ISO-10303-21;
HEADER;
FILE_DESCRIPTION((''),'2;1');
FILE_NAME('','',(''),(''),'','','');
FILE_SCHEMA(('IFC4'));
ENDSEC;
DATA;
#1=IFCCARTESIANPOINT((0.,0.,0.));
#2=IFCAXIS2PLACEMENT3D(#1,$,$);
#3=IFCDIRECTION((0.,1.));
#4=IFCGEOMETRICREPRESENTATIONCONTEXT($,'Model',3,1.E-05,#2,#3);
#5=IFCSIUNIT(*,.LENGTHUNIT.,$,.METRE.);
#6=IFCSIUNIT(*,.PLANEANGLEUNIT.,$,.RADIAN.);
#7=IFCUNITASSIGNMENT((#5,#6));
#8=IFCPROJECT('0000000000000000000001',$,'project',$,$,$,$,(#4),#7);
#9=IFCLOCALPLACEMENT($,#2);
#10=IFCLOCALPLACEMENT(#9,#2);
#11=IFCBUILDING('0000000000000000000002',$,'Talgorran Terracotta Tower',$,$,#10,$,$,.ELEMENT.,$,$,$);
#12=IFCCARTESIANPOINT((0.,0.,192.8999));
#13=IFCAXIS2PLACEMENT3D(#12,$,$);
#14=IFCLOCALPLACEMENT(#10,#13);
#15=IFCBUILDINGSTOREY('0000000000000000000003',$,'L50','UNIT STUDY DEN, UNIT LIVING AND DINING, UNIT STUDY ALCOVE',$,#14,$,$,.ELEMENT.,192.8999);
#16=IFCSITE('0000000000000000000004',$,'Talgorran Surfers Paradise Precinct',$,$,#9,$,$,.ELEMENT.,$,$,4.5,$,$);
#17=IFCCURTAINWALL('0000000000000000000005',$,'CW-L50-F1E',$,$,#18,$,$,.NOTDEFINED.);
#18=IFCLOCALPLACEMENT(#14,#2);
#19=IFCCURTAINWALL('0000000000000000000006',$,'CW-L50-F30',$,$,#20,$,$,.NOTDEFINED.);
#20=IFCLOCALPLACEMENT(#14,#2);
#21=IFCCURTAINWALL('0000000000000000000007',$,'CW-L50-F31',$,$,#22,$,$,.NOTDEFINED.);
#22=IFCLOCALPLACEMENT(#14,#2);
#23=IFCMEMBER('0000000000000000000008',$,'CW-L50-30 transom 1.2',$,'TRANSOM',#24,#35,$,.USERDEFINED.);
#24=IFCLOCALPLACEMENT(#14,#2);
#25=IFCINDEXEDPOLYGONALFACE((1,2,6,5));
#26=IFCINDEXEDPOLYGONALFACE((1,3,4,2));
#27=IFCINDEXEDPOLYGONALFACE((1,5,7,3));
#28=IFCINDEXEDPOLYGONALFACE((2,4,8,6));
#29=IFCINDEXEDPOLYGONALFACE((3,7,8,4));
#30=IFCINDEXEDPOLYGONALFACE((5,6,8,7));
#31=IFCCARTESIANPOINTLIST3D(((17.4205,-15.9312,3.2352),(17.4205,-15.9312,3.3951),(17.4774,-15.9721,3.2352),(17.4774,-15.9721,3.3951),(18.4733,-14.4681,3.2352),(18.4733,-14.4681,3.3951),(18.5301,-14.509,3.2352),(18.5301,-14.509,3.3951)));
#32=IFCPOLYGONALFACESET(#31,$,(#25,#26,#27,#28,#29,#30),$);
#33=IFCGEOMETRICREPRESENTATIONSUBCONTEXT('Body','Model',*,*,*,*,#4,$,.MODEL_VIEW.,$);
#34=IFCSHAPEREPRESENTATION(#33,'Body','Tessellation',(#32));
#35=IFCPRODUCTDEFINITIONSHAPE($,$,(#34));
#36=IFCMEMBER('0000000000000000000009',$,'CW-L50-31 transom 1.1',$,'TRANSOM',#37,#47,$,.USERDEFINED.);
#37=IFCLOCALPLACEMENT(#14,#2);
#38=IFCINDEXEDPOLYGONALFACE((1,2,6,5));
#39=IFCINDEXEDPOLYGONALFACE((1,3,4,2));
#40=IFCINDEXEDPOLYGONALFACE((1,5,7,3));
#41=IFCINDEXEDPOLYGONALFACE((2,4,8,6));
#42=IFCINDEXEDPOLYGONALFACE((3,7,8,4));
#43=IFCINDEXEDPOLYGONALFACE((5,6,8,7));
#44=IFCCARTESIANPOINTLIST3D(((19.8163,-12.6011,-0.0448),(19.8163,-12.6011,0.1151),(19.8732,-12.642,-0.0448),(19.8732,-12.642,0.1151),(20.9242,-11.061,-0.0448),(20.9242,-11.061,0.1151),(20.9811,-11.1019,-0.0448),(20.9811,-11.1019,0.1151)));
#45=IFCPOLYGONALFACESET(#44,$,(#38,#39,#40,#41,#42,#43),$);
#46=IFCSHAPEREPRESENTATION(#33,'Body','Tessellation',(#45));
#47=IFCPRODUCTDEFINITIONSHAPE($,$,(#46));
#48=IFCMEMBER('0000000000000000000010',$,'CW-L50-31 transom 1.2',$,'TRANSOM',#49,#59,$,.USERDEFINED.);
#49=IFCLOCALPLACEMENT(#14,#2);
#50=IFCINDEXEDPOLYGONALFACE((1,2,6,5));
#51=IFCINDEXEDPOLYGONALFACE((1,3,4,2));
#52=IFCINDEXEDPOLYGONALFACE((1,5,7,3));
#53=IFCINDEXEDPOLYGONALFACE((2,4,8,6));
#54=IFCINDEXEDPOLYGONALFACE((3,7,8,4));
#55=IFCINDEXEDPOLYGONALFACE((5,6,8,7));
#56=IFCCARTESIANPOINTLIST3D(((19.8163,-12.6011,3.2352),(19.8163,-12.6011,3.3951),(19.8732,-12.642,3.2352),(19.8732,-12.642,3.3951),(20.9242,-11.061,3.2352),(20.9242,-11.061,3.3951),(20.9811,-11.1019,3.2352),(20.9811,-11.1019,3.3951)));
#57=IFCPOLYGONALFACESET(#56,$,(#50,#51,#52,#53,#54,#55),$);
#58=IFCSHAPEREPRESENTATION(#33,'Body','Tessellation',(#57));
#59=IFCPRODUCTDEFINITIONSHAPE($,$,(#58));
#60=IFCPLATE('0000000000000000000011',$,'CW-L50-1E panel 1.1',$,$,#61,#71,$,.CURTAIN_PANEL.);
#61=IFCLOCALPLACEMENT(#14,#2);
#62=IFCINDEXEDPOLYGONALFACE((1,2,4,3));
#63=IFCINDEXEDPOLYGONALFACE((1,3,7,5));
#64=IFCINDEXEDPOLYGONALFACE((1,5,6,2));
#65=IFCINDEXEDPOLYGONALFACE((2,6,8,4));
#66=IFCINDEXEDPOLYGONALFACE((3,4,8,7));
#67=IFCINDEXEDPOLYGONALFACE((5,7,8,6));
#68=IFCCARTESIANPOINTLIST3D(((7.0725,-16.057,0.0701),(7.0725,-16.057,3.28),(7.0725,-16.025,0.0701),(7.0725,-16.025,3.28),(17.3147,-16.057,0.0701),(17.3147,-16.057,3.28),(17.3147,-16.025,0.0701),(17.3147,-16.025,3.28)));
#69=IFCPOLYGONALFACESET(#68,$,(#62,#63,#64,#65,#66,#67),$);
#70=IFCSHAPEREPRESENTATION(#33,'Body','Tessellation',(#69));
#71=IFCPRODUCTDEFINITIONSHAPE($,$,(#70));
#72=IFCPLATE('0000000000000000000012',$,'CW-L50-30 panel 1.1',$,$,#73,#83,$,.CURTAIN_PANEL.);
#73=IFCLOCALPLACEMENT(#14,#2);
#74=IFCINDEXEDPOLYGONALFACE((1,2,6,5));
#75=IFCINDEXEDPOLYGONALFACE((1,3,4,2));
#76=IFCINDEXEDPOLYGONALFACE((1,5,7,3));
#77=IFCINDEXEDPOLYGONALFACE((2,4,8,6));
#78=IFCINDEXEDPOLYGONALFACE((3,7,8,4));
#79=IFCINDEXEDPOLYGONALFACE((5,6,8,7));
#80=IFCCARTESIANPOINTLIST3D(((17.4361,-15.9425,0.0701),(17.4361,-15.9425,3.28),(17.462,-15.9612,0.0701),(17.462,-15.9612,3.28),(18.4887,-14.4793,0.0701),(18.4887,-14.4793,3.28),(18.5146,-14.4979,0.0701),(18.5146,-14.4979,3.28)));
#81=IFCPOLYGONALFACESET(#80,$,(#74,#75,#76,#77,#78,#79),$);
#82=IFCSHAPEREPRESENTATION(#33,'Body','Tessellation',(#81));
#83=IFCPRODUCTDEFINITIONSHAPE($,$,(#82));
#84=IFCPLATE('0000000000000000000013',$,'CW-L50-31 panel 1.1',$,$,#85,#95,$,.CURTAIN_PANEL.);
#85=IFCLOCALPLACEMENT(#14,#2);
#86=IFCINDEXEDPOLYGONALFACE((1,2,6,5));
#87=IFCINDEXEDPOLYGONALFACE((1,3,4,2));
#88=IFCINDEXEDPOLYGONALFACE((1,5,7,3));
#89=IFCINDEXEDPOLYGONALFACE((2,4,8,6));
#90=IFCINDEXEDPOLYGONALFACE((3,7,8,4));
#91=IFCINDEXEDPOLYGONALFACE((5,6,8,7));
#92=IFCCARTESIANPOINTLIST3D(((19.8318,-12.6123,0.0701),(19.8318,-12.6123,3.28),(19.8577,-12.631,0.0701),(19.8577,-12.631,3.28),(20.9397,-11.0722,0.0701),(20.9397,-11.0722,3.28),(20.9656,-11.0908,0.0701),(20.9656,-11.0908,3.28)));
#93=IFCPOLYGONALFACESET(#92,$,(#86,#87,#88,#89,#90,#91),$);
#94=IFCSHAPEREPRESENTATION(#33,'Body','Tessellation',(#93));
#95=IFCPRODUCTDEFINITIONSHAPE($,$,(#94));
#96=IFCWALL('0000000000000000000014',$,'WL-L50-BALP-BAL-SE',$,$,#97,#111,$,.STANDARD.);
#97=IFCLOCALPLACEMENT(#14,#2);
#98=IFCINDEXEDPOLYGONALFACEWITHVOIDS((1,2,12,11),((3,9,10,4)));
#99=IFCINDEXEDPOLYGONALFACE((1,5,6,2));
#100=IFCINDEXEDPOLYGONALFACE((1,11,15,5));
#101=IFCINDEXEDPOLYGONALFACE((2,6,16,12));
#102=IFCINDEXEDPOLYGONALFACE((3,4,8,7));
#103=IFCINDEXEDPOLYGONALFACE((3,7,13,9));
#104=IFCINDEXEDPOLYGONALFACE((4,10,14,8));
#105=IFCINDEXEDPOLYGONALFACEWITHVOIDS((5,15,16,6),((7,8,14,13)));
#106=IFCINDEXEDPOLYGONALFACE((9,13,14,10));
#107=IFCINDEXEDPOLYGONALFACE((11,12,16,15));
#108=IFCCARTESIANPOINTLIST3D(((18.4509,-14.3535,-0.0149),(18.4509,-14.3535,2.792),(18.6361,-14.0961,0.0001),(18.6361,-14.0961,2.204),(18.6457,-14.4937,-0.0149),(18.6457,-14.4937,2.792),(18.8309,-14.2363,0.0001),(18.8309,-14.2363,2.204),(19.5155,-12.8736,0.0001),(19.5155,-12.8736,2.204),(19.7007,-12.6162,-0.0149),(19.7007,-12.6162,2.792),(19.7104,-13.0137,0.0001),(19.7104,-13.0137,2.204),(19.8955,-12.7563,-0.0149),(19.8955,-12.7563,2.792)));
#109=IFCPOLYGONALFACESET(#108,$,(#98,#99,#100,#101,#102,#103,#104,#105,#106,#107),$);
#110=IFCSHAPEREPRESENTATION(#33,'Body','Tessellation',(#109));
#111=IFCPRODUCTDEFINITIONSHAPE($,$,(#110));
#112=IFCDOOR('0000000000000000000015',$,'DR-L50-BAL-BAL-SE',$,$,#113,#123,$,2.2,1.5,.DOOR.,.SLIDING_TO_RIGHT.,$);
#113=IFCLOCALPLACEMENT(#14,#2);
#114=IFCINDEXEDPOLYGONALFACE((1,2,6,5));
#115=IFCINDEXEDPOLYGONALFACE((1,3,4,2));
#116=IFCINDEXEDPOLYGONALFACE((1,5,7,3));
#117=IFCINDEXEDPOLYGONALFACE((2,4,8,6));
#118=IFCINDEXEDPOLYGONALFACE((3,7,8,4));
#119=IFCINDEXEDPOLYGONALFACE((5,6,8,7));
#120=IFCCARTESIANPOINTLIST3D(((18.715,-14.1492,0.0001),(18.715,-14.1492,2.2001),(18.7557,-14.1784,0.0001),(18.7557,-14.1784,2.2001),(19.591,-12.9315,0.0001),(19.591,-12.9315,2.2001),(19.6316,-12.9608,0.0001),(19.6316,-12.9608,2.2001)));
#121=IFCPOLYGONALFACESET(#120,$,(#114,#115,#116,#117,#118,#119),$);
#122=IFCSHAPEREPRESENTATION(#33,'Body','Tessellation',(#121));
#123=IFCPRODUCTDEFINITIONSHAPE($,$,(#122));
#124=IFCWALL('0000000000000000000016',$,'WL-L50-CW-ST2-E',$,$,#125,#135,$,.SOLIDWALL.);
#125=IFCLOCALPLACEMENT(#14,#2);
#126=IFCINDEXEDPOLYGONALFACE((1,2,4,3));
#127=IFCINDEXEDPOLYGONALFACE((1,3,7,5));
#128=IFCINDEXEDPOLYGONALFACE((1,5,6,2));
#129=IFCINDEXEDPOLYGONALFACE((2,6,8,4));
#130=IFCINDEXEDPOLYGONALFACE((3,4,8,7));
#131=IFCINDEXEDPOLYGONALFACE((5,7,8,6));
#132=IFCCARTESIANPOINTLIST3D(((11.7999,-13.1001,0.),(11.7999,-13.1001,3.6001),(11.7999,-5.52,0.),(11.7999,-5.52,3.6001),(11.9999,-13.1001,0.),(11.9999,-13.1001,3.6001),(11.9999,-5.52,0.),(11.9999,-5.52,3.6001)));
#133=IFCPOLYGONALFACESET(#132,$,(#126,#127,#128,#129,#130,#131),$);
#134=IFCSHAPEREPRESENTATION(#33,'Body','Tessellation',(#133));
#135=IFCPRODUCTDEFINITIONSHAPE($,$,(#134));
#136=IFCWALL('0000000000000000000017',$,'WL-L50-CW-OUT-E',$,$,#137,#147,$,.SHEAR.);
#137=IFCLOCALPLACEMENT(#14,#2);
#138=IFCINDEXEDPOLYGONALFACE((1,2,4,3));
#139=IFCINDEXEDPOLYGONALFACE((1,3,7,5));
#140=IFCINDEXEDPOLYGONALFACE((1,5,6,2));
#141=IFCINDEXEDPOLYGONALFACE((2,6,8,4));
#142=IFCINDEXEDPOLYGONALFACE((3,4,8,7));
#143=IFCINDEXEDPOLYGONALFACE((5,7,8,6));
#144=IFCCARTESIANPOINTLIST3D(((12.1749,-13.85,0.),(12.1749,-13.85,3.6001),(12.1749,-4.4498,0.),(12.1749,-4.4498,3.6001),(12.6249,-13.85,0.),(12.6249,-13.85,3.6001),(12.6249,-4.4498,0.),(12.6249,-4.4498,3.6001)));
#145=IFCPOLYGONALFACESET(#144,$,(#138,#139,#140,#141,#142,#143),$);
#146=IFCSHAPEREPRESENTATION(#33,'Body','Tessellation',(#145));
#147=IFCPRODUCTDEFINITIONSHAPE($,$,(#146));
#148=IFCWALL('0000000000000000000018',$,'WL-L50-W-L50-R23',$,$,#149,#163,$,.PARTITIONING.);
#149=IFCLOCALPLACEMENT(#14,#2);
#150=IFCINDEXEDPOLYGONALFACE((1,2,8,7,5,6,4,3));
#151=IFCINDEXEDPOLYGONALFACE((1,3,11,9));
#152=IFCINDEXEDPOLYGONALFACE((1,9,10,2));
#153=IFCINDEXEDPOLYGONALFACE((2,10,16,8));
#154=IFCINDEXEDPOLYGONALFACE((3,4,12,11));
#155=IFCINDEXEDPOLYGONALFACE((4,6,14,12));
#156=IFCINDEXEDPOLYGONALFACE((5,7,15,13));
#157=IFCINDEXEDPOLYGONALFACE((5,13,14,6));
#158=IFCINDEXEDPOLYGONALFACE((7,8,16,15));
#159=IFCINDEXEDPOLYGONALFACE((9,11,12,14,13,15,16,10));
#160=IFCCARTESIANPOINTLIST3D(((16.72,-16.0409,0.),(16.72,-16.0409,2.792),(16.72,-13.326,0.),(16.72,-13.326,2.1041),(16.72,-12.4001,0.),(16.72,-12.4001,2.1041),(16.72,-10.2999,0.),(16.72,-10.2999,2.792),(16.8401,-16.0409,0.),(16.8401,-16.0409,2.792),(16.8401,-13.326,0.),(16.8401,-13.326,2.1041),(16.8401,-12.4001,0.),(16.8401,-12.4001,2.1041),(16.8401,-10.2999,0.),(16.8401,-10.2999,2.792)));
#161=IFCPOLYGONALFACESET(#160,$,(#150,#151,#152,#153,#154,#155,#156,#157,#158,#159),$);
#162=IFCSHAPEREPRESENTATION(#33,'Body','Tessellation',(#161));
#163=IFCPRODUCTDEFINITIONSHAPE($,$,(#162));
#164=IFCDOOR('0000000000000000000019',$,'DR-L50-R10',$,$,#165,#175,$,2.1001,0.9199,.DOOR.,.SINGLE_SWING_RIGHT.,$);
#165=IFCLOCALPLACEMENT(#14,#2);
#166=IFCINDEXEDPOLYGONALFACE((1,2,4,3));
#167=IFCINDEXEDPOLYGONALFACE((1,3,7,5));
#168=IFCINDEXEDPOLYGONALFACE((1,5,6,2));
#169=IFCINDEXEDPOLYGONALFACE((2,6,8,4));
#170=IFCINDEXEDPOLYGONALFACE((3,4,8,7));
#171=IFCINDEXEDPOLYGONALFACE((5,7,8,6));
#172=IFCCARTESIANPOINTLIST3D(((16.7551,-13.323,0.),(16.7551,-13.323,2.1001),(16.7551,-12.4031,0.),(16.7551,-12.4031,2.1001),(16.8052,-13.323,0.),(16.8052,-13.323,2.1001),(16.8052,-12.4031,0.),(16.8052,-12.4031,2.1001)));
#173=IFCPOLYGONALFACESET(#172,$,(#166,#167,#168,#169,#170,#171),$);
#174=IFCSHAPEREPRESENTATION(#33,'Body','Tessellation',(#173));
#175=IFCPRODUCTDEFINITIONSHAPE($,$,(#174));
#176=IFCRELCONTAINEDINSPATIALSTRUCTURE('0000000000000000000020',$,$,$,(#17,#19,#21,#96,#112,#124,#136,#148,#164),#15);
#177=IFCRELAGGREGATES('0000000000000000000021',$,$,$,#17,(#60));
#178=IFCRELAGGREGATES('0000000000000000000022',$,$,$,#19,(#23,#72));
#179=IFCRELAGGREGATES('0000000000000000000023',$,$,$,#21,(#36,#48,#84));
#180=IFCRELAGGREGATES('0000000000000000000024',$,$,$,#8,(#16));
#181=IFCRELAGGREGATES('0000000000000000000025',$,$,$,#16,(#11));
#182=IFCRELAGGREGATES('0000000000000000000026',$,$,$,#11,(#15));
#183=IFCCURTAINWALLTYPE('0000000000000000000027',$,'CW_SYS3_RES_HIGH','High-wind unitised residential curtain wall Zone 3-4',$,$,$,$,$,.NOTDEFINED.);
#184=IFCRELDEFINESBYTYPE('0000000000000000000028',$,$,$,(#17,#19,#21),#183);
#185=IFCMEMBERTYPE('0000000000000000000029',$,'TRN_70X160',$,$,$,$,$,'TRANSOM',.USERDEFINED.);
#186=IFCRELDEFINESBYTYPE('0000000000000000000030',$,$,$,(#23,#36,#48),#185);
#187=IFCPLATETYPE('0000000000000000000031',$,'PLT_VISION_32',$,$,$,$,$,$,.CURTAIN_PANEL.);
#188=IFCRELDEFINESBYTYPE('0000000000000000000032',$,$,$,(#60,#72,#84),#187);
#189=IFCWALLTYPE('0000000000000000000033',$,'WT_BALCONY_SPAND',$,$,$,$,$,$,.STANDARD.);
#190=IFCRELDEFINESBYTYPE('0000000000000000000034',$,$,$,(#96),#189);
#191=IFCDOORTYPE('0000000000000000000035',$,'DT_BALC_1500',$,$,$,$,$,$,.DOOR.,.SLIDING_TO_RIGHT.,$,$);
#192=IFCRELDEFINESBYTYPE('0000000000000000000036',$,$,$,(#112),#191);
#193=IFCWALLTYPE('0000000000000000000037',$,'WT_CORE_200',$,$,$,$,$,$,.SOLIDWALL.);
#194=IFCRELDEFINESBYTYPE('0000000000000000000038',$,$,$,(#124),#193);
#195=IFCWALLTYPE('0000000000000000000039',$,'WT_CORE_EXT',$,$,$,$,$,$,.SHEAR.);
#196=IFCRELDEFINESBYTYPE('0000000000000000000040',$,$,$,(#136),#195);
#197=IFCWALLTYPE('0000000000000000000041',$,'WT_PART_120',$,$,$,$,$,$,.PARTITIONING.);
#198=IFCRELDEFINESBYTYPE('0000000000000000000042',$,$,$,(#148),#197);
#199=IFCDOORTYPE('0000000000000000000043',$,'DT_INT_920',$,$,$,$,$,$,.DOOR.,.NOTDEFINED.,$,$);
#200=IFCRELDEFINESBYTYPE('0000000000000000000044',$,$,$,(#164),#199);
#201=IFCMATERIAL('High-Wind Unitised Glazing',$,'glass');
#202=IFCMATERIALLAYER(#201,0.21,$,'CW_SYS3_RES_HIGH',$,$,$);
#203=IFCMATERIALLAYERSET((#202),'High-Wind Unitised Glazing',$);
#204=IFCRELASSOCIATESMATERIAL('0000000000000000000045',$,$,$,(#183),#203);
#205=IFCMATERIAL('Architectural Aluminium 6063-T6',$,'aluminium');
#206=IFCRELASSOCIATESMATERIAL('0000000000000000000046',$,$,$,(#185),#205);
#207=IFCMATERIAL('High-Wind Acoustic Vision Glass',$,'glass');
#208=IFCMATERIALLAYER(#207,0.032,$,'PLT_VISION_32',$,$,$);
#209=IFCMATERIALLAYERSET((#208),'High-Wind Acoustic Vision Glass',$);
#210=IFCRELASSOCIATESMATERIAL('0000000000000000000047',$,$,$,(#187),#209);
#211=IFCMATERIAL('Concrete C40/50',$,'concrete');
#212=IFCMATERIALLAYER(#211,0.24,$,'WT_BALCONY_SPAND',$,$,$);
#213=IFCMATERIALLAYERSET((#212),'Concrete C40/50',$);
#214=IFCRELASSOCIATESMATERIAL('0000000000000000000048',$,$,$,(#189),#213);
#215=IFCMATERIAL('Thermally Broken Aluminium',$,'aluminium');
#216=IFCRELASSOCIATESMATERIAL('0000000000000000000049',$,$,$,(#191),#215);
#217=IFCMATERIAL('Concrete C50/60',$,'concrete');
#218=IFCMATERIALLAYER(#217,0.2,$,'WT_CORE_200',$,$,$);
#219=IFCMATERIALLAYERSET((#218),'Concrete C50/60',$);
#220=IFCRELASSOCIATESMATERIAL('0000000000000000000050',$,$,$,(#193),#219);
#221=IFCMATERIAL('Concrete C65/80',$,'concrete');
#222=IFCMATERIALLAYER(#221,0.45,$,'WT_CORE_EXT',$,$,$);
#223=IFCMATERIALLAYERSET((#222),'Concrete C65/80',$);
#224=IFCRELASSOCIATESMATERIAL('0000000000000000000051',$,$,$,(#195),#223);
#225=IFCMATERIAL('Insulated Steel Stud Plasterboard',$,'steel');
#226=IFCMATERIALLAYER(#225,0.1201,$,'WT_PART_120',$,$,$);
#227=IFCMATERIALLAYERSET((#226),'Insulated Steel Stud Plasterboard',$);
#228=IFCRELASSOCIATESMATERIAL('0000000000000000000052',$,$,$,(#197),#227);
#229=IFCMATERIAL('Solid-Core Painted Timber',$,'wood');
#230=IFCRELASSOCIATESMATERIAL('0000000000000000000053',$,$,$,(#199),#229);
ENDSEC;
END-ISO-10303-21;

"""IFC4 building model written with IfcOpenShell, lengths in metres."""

from ifc_helpers import new_model, si_unit, direction, frame, frame_2d, origin, origin_2d, place, context, subcontext, project, spatial, rectangle, extrude, source, transform, mapped, material, layer, layer_set, material_profile, profile_set, type_object, type_shapes, element, fill, aggregate, save


model = new_model("IFC4")

# Units and contexts
model_context = context("Model", 3, precision=1e-05, world=origin(), true_north=direction((0.0, 1.0)))
body_context = subcontext(model_context, "Body", "Model", "MODEL_VIEW")
ifc_project = project(units=[si_unit("LENGTHUNIT", "METRE"), si_unit("PLANEANGLEUNIT", "RADIAN")], contexts=[model_context])

# Site, building, storey
site_placement = place(None, origin())
site = spatial("IfcSite", under=ifc_project, at=site_placement, Name="Talgorran Surfers Paradise Precinct", CompositionType="ELEMENT", RefElevation=4.5)
building_placement = place(site_placement, origin())
building = spatial("IfcBuilding", under=site, at=building_placement, Name="Talgorran Terracotta Tower", CompositionType="ELEMENT")
storey_placement = place(building_placement, frame((0.0, 0.0, 192.8999)))
storey = spatial("IfcBuildingStorey", under=building, at=storey_placement, Name="L50", Description="UNIT STUDY DEN, UNIT LIVING AND DINING, UNIT STUDY ALCOVE", CompositionType="ELEMENT", Elevation=192.8999)

# Curtain wall
ifc_material_1 = material(Name="High-Wind Unitised Glazing", Category="glass")
ifc_layer_1 = layer(ifc_material_1, 0.21, Name="CW_SYS3_RES_HIGH")
ifc_layer_set_1 = layer_set([ifc_layer_1], Name="High-Wind Unitised Glazing")
curtain_wall_type = type_object("IfcCurtainWallType", Name="CW_SYS3_RES_HIGH", Description="High-wind unitised residential curtain wall Zone 3-4", PredefinedType="NOTDEFINED", material=ifc_layer_set_1)
curtain_wall_1_placement = place(storey_placement, origin())
curtain_wall_1 = element("IfcCurtainWall", 1, at=curtain_wall_1_placement, inside=storey, type_object=curtain_wall_type, Name="CW-L50-F1E", PredefinedType="NOTDEFINED")
ifc_material_2 = material(Name="Architectural Aluminium 6063-T6", Category="aluminium")

# Curtain walls
curtain_wall_2_placement = place(storey_placement, origin())
curtain_wall_2 = element("IfcCurtainWall", 2, at=curtain_wall_2_placement, inside=storey, type_object=curtain_wall_type, Name="CW-L50-F30", PredefinedType="NOTDEFINED")
curtain_wall_3_placement = place(storey_placement, origin())
curtain_wall_3 = element("IfcCurtainWall", 3, at=curtain_wall_3_placement, inside=storey, type_object=curtain_wall_type, Name="CW-L50-F31", PredefinedType="NOTDEFINED")

# Members
ifc_material_profile_1 = material_profile(ifc_material_2, rectangle(XDim=0.0701, YDim=0.1599, at=origin_2d()), Name="CWT70X160")
ifc_profile_set_1 = profile_set([ifc_material_profile_1], Name="Architectural Aluminium 6063-T6")
member_type_1 = type_object("IfcMemberType", Name="TRN_70X160", ElementType="TRANSOM", PredefinedType="USERDEFINED", material=ifc_profile_set_1)
member_1_placement = place(storey_placement, frame((17.449, -15.9517, 3.3152), z_axis=(0.584041, 0.811724, 0.0), x_axis=(-0.811724, 0.584041, 0.0)))
member_1 = element("IfcMember", 4, at=member_1_placement, type_object=member_type_1, Name="CW-L50-30 transom 1.2", ObjectType="TRANSOM", PredefinedType="USERDEFINED", context=body_context, shape_type="SweptSolid", body=[
    extrude(rectangle(XDim=0.0701, YDim=0.1599, at=origin_2d()), origin(), (0.0, 0.0, 1.0), 1.8025),
])
member_2_placement = place(storey_placement, frame((19.8447, -12.6216, 0.0352), z_axis=(0.583986, 0.811764, 0.0), x_axis=(-0.811764, 0.583986, 0.0)))
member_2 = element("IfcMember", 5, at=member_2_placement, type_object=member_type_1, Name="CW-L50-31 transom 1.1", ObjectType="TRANSOM", PredefinedType="USERDEFINED", context=body_context, shape_type="SweptSolid", body=[
    extrude(rectangle(XDim=0.0701, YDim=0.1599, at=origin_2d()), origin(), (0.0, 0.0, 1.0), 1.8972),
])
member_3_placement = place(storey_placement, frame((19.8447, -12.6216, 3.3152), z_axis=(0.583986, 0.811764, 0.0), x_axis=(-0.811764, 0.583986, 0.0)))
member_3 = element("IfcMember", 6, at=member_3_placement, type_object=member_type_1, Name="CW-L50-31 transom 1.2", ObjectType="TRANSOM", PredefinedType="USERDEFINED", context=body_context, shape_type="SweptSolid", body=[
    extrude(rectangle(XDim=0.0701, YDim=0.1599, at=origin_2d()), origin(), (0.0, 0.0, 1.0), 1.8972),
])

# Plates
ifc_material_3 = material(Name="High-Wind Acoustic Vision Glass", Category="glass")
ifc_layer_2 = layer(ifc_material_3, 0.032, Name="PLT_VISION_32")
ifc_layer_set_2 = layer_set([ifc_layer_2], Name="High-Wind Acoustic Vision Glass")
plate_type = type_object("IfcPlateType", Name="PLT_VISION_32", PredefinedType="CURTAIN_PANEL", material=ifc_layer_set_2)
shared_shape_1 = source(origin(), body_context, "Body", "SweptSolid", [
    extrude(rectangle(XDim=10.2422, YDim=0.032, at=origin_2d()), origin(), (0.0, 0.0, 1.0), 3.21),
])
plate_1_placement = place(storey_placement, frame((12.1936, -16.041, 0.0701), z_axis=(0.0, 0.0, 1.0), x_axis=(1.0, 0.0, 0.0)))
plate_1 = element("IfcPlate", 7, at=plate_1_placement, type_object=plate_type, Name="CW-L50-1E panel 1.1", PredefinedType="CURTAIN_PANEL", context=body_context, shape_type="MappedRepresentation", body=[
    mapped(shared_shape_1, transform((0.0, 0.0, 0.0), scale=1.0)),
])
aggregate(curtain_wall_1, [plate_1])
shared_shape_2 = source(origin(), body_context, "Body", "SweptSolid", [
    extrude(rectangle(XDim=1.8025, YDim=0.032, at=origin_2d()), origin(), (0.0, 0.0, 1.0), 3.21),
])
plate_2_placement = place(storey_placement, frame((17.9753, -15.2202, 0.0701), z_axis=(0.0, 0.0, 1.0), x_axis=(0.583976, 0.811771, 0.0)))
plate_2 = element("IfcPlate", 8, at=plate_2_placement, type_object=plate_type, Name="CW-L50-30 panel 1.1", PredefinedType="CURTAIN_PANEL", context=body_context, shape_type="MappedRepresentation", body=[
    mapped(shared_shape_2, transform((0.0, 0.0, 0.0), scale=1.0)),
])
aggregate(curtain_wall_2, [member_1, plate_2])
shared_shape_3 = source(origin(), body_context, "Body", "SweptSolid", [
    extrude(rectangle(XDim=1.8972, YDim=0.032, at=origin_2d()), origin(), (0.0, 0.0, 1.0), 3.21),
])
type_shapes(plate_type, [shared_shape_1, shared_shape_2, shared_shape_3])
plate_3_placement = place(storey_placement, frame((20.3987, -11.8516, 0.0701), z_axis=(0.0, 0.0, 1.0), x_axis=(0.583961, 0.811782, 0.0)))
plate_3 = element("IfcPlate", 9, at=plate_3_placement, type_object=plate_type, Name="CW-L50-31 panel 1.1", PredefinedType="CURTAIN_PANEL", context=body_context, shape_type="MappedRepresentation", body=[
    mapped(shared_shape_3, transform((0.0, 0.0, 0.0), scale=1.0)),
])
aggregate(curtain_wall_3, [member_2, member_3, plate_3])

# Wall, opening, door
ifc_material_4 = material(Name="Concrete C40/50", Category="concrete")
ifc_layer_3 = layer(ifc_material_4, 0.24, Name="WT_BALCONY_SPAND")
ifc_layer_set_3 = layer_set([ifc_layer_3], Name="Concrete C40/50")
wall_type_1 = type_object("IfcWallType", Name="WT_BALCONY_SPAND", PredefinedType="STANDARD", material=ifc_layer_set_3)
wall_1_placement = place(storey_placement, frame((18.5483, -14.4236, -0.0149), z_axis=(0.0, 0.0, 1.0), x_axis=(0.583965, 0.811779, 0.0)))
wall_1 = element("IfcWall", 10, at=wall_1_placement, inside=storey, type_object=wall_type_1, Name="WL-L50-BALP-BAL-SE", PredefinedType="STANDARD", context=body_context, shape_type="SweptSolid", body=[
    extrude(rectangle(XDim=2.1401, YDim=0.24, at=frame_2d((1.0701, 0.0))), origin(), (0.0, 0.0, 1.0), 2.8069),
])
opening_1_placement = place(wall_1_placement, frame((0.3201, 0.0, 0.0149)))
opening_1 = element("IfcOpeningElement", 11, at=opening_1_placement, cuts=wall_1, PredefinedType="OPENING", context=body_context, shape_type="SweptSolid", body=[
    extrude(rectangle(XDim=1.506, YDim=2.204, at=frame_2d((0.75, 1.1021))), frame((0.0, 0.1299, 0.0), z_axis=(0.0, -1.0, 0.0), x_axis=(1.0, 0.0, 0.0)), (0.0, 0.0, 1.0), 0.26),
])
ifc_material_5 = material(Name="Thermally Broken Aluminium", Category="aluminium")
door_type_1 = type_object("IfcDoorType", Name="DT_BALC_1500", OperationType="SLIDING_TO_RIGHT", PredefinedType="DOOR", material=ifc_material_5)
door_1_placement = place(opening_1_placement, origin())
door_1 = element("IfcDoor", 12, at=door_1_placement, inside=storey, type_object=door_type_1, Name="DR-L50-BAL-BAL-SE", OperationType="SLIDING_TO_RIGHT", OverallHeight=2.2, OverallWidth=1.5, PredefinedType="DOOR", context=body_context, shape_type="SweptSolid", body=[
    extrude(rectangle(XDim=1.5, YDim=2.2, at=frame_2d((0.75, 1.1001))), frame((0.0, 0.0249, 0.0), z_axis=(0.0, -1.0, 0.0), x_axis=(1.0, 0.0, 0.0)), (0.0, 0.0, 1.0), 0.05),
])
fill(opening_1, door_1)

# Walls
ifc_material_6 = material(Name="Concrete C50/60", Category="concrete")
ifc_layer_4 = layer(ifc_material_6, 0.2, Name="WT_CORE_200")
ifc_layer_set_4 = layer_set([ifc_layer_4], Name="Concrete C50/60")
wall_type_2 = type_object("IfcWallType", Name="WT_CORE_200", PredefinedType="SOLIDWALL", material=ifc_layer_set_4)
wall_2_placement = place(storey_placement, frame((11.8999, -13.1001, 0.0), z_axis=(0.0, 0.0, 1.0), x_axis=(0.0, 1.0, 0.0)))
element("IfcWall", 13, at=wall_2_placement, inside=storey, type_object=wall_type_2, Name="WL-L50-CW-ST2-E", PredefinedType="SOLIDWALL", context=body_context, shape_type="SweptSolid", body=[
    extrude(rectangle(XDim=7.5801, YDim=0.2, at=frame_2d((3.79, 0.0))), origin(), (0.0, 0.0, 1.0), 3.6001),
])
ifc_material_7 = material(Name="Concrete C65/80", Category="concrete")
ifc_layer_5 = layer(ifc_material_7, 0.45, Name="WT_CORE_EXT")
ifc_layer_set_5 = layer_set([ifc_layer_5], Name="Concrete C65/80")
wall_type_3 = type_object("IfcWallType", Name="WT_CORE_EXT", PredefinedType="SHEAR", material=ifc_layer_set_5)
wall_3_placement = place(storey_placement, frame((12.3999, -13.8501, 0.0), z_axis=(0.0, 0.0, 1.0), x_axis=(0.0, 1.0, 0.0)))
element("IfcWall", 14, at=wall_3_placement, inside=storey, type_object=wall_type_3, Name="WL-L50-CW-OUT-E", PredefinedType="SHEAR", context=body_context, shape_type="SweptSolid", body=[
    extrude(rectangle(XDim=9.4001, YDim=0.45, at=frame_2d((4.7002, 0.0))), origin(), (0.0, 0.0, 1.0), 3.6001),
])

# Wall, opening, door
ifc_material_8 = material(Name="Insulated Steel Stud Plasterboard", Category="steel")
ifc_layer_6 = layer(ifc_material_8, 0.1201, Name="WT_PART_120")
ifc_layer_set_6 = layer_set([ifc_layer_6], Name="Insulated Steel Stud Plasterboard")
wall_type_4 = type_object("IfcWallType", Name="WT_PART_120", PredefinedType="PARTITIONING", material=ifc_layer_set_6)
wall_4_placement = place(storey_placement, frame((16.78, -16.041, 0.0), z_axis=(0.0, 0.0, 1.0), x_axis=(0.0, 1.0, 0.0)))
wall_4 = element("IfcWall", 15, at=wall_4_placement, inside=storey, type_object=wall_type_4, Name="WL-L50-W-L50-R23", PredefinedType="PARTITIONING", context=body_context, shape_type="SweptSolid", body=[
    extrude(rectangle(XDim=5.741, YDim=0.1201, at=frame_2d((2.8706, 0.0))), origin(), (0.0, 0.0, 1.0), 2.792),
])
opening_2_placement = place(wall_4_placement, frame((2.718, 0.0, 0.0)))
opening_2 = element("IfcOpeningElement", 16, at=opening_2_placement, cuts=wall_4, PredefinedType="OPENING", context=body_context, shape_type="SweptSolid", body=[
    extrude(rectangle(XDim=0.9259, YDim=2.1041, at=frame_2d((0.46, 1.052))), frame((0.0, 0.0701, 0.0), z_axis=(0.0, -1.0, 0.0), x_axis=(1.0, 0.0, 0.0)), (0.0, 0.0, 1.0), 0.1401),
])
ifc_material_9 = material(Name="Solid-Core Painted Timber", Category="wood")
door_type_2 = type_object("IfcDoorType", Name="DT_INT_920", OperationType="NOTDEFINED", PredefinedType="DOOR", material=ifc_material_9)
door_2_placement = place(opening_2_placement, origin())
door_2 = element("IfcDoor", 17, at=door_2_placement, inside=storey, type_object=door_type_2, Name="DR-L50-R10", OperationType="SINGLE_SWING_RIGHT", OverallHeight=2.1001, OverallWidth=0.9199, PredefinedType="DOOR", context=body_context, shape_type="SweptSolid", body=[
    extrude(rectangle(XDim=0.9199, YDim=2.1001, at=frame_2d((0.46, 1.05))), frame((0.0, 0.0249, 0.0), z_axis=(0.0, -1.0, 0.0), x_axis=(1.0, 0.0, 0.0)), (0.0, 0.0, 1.0), 0.05),
])
fill(opening_2, door_2)

save(model, "model.ifc")
